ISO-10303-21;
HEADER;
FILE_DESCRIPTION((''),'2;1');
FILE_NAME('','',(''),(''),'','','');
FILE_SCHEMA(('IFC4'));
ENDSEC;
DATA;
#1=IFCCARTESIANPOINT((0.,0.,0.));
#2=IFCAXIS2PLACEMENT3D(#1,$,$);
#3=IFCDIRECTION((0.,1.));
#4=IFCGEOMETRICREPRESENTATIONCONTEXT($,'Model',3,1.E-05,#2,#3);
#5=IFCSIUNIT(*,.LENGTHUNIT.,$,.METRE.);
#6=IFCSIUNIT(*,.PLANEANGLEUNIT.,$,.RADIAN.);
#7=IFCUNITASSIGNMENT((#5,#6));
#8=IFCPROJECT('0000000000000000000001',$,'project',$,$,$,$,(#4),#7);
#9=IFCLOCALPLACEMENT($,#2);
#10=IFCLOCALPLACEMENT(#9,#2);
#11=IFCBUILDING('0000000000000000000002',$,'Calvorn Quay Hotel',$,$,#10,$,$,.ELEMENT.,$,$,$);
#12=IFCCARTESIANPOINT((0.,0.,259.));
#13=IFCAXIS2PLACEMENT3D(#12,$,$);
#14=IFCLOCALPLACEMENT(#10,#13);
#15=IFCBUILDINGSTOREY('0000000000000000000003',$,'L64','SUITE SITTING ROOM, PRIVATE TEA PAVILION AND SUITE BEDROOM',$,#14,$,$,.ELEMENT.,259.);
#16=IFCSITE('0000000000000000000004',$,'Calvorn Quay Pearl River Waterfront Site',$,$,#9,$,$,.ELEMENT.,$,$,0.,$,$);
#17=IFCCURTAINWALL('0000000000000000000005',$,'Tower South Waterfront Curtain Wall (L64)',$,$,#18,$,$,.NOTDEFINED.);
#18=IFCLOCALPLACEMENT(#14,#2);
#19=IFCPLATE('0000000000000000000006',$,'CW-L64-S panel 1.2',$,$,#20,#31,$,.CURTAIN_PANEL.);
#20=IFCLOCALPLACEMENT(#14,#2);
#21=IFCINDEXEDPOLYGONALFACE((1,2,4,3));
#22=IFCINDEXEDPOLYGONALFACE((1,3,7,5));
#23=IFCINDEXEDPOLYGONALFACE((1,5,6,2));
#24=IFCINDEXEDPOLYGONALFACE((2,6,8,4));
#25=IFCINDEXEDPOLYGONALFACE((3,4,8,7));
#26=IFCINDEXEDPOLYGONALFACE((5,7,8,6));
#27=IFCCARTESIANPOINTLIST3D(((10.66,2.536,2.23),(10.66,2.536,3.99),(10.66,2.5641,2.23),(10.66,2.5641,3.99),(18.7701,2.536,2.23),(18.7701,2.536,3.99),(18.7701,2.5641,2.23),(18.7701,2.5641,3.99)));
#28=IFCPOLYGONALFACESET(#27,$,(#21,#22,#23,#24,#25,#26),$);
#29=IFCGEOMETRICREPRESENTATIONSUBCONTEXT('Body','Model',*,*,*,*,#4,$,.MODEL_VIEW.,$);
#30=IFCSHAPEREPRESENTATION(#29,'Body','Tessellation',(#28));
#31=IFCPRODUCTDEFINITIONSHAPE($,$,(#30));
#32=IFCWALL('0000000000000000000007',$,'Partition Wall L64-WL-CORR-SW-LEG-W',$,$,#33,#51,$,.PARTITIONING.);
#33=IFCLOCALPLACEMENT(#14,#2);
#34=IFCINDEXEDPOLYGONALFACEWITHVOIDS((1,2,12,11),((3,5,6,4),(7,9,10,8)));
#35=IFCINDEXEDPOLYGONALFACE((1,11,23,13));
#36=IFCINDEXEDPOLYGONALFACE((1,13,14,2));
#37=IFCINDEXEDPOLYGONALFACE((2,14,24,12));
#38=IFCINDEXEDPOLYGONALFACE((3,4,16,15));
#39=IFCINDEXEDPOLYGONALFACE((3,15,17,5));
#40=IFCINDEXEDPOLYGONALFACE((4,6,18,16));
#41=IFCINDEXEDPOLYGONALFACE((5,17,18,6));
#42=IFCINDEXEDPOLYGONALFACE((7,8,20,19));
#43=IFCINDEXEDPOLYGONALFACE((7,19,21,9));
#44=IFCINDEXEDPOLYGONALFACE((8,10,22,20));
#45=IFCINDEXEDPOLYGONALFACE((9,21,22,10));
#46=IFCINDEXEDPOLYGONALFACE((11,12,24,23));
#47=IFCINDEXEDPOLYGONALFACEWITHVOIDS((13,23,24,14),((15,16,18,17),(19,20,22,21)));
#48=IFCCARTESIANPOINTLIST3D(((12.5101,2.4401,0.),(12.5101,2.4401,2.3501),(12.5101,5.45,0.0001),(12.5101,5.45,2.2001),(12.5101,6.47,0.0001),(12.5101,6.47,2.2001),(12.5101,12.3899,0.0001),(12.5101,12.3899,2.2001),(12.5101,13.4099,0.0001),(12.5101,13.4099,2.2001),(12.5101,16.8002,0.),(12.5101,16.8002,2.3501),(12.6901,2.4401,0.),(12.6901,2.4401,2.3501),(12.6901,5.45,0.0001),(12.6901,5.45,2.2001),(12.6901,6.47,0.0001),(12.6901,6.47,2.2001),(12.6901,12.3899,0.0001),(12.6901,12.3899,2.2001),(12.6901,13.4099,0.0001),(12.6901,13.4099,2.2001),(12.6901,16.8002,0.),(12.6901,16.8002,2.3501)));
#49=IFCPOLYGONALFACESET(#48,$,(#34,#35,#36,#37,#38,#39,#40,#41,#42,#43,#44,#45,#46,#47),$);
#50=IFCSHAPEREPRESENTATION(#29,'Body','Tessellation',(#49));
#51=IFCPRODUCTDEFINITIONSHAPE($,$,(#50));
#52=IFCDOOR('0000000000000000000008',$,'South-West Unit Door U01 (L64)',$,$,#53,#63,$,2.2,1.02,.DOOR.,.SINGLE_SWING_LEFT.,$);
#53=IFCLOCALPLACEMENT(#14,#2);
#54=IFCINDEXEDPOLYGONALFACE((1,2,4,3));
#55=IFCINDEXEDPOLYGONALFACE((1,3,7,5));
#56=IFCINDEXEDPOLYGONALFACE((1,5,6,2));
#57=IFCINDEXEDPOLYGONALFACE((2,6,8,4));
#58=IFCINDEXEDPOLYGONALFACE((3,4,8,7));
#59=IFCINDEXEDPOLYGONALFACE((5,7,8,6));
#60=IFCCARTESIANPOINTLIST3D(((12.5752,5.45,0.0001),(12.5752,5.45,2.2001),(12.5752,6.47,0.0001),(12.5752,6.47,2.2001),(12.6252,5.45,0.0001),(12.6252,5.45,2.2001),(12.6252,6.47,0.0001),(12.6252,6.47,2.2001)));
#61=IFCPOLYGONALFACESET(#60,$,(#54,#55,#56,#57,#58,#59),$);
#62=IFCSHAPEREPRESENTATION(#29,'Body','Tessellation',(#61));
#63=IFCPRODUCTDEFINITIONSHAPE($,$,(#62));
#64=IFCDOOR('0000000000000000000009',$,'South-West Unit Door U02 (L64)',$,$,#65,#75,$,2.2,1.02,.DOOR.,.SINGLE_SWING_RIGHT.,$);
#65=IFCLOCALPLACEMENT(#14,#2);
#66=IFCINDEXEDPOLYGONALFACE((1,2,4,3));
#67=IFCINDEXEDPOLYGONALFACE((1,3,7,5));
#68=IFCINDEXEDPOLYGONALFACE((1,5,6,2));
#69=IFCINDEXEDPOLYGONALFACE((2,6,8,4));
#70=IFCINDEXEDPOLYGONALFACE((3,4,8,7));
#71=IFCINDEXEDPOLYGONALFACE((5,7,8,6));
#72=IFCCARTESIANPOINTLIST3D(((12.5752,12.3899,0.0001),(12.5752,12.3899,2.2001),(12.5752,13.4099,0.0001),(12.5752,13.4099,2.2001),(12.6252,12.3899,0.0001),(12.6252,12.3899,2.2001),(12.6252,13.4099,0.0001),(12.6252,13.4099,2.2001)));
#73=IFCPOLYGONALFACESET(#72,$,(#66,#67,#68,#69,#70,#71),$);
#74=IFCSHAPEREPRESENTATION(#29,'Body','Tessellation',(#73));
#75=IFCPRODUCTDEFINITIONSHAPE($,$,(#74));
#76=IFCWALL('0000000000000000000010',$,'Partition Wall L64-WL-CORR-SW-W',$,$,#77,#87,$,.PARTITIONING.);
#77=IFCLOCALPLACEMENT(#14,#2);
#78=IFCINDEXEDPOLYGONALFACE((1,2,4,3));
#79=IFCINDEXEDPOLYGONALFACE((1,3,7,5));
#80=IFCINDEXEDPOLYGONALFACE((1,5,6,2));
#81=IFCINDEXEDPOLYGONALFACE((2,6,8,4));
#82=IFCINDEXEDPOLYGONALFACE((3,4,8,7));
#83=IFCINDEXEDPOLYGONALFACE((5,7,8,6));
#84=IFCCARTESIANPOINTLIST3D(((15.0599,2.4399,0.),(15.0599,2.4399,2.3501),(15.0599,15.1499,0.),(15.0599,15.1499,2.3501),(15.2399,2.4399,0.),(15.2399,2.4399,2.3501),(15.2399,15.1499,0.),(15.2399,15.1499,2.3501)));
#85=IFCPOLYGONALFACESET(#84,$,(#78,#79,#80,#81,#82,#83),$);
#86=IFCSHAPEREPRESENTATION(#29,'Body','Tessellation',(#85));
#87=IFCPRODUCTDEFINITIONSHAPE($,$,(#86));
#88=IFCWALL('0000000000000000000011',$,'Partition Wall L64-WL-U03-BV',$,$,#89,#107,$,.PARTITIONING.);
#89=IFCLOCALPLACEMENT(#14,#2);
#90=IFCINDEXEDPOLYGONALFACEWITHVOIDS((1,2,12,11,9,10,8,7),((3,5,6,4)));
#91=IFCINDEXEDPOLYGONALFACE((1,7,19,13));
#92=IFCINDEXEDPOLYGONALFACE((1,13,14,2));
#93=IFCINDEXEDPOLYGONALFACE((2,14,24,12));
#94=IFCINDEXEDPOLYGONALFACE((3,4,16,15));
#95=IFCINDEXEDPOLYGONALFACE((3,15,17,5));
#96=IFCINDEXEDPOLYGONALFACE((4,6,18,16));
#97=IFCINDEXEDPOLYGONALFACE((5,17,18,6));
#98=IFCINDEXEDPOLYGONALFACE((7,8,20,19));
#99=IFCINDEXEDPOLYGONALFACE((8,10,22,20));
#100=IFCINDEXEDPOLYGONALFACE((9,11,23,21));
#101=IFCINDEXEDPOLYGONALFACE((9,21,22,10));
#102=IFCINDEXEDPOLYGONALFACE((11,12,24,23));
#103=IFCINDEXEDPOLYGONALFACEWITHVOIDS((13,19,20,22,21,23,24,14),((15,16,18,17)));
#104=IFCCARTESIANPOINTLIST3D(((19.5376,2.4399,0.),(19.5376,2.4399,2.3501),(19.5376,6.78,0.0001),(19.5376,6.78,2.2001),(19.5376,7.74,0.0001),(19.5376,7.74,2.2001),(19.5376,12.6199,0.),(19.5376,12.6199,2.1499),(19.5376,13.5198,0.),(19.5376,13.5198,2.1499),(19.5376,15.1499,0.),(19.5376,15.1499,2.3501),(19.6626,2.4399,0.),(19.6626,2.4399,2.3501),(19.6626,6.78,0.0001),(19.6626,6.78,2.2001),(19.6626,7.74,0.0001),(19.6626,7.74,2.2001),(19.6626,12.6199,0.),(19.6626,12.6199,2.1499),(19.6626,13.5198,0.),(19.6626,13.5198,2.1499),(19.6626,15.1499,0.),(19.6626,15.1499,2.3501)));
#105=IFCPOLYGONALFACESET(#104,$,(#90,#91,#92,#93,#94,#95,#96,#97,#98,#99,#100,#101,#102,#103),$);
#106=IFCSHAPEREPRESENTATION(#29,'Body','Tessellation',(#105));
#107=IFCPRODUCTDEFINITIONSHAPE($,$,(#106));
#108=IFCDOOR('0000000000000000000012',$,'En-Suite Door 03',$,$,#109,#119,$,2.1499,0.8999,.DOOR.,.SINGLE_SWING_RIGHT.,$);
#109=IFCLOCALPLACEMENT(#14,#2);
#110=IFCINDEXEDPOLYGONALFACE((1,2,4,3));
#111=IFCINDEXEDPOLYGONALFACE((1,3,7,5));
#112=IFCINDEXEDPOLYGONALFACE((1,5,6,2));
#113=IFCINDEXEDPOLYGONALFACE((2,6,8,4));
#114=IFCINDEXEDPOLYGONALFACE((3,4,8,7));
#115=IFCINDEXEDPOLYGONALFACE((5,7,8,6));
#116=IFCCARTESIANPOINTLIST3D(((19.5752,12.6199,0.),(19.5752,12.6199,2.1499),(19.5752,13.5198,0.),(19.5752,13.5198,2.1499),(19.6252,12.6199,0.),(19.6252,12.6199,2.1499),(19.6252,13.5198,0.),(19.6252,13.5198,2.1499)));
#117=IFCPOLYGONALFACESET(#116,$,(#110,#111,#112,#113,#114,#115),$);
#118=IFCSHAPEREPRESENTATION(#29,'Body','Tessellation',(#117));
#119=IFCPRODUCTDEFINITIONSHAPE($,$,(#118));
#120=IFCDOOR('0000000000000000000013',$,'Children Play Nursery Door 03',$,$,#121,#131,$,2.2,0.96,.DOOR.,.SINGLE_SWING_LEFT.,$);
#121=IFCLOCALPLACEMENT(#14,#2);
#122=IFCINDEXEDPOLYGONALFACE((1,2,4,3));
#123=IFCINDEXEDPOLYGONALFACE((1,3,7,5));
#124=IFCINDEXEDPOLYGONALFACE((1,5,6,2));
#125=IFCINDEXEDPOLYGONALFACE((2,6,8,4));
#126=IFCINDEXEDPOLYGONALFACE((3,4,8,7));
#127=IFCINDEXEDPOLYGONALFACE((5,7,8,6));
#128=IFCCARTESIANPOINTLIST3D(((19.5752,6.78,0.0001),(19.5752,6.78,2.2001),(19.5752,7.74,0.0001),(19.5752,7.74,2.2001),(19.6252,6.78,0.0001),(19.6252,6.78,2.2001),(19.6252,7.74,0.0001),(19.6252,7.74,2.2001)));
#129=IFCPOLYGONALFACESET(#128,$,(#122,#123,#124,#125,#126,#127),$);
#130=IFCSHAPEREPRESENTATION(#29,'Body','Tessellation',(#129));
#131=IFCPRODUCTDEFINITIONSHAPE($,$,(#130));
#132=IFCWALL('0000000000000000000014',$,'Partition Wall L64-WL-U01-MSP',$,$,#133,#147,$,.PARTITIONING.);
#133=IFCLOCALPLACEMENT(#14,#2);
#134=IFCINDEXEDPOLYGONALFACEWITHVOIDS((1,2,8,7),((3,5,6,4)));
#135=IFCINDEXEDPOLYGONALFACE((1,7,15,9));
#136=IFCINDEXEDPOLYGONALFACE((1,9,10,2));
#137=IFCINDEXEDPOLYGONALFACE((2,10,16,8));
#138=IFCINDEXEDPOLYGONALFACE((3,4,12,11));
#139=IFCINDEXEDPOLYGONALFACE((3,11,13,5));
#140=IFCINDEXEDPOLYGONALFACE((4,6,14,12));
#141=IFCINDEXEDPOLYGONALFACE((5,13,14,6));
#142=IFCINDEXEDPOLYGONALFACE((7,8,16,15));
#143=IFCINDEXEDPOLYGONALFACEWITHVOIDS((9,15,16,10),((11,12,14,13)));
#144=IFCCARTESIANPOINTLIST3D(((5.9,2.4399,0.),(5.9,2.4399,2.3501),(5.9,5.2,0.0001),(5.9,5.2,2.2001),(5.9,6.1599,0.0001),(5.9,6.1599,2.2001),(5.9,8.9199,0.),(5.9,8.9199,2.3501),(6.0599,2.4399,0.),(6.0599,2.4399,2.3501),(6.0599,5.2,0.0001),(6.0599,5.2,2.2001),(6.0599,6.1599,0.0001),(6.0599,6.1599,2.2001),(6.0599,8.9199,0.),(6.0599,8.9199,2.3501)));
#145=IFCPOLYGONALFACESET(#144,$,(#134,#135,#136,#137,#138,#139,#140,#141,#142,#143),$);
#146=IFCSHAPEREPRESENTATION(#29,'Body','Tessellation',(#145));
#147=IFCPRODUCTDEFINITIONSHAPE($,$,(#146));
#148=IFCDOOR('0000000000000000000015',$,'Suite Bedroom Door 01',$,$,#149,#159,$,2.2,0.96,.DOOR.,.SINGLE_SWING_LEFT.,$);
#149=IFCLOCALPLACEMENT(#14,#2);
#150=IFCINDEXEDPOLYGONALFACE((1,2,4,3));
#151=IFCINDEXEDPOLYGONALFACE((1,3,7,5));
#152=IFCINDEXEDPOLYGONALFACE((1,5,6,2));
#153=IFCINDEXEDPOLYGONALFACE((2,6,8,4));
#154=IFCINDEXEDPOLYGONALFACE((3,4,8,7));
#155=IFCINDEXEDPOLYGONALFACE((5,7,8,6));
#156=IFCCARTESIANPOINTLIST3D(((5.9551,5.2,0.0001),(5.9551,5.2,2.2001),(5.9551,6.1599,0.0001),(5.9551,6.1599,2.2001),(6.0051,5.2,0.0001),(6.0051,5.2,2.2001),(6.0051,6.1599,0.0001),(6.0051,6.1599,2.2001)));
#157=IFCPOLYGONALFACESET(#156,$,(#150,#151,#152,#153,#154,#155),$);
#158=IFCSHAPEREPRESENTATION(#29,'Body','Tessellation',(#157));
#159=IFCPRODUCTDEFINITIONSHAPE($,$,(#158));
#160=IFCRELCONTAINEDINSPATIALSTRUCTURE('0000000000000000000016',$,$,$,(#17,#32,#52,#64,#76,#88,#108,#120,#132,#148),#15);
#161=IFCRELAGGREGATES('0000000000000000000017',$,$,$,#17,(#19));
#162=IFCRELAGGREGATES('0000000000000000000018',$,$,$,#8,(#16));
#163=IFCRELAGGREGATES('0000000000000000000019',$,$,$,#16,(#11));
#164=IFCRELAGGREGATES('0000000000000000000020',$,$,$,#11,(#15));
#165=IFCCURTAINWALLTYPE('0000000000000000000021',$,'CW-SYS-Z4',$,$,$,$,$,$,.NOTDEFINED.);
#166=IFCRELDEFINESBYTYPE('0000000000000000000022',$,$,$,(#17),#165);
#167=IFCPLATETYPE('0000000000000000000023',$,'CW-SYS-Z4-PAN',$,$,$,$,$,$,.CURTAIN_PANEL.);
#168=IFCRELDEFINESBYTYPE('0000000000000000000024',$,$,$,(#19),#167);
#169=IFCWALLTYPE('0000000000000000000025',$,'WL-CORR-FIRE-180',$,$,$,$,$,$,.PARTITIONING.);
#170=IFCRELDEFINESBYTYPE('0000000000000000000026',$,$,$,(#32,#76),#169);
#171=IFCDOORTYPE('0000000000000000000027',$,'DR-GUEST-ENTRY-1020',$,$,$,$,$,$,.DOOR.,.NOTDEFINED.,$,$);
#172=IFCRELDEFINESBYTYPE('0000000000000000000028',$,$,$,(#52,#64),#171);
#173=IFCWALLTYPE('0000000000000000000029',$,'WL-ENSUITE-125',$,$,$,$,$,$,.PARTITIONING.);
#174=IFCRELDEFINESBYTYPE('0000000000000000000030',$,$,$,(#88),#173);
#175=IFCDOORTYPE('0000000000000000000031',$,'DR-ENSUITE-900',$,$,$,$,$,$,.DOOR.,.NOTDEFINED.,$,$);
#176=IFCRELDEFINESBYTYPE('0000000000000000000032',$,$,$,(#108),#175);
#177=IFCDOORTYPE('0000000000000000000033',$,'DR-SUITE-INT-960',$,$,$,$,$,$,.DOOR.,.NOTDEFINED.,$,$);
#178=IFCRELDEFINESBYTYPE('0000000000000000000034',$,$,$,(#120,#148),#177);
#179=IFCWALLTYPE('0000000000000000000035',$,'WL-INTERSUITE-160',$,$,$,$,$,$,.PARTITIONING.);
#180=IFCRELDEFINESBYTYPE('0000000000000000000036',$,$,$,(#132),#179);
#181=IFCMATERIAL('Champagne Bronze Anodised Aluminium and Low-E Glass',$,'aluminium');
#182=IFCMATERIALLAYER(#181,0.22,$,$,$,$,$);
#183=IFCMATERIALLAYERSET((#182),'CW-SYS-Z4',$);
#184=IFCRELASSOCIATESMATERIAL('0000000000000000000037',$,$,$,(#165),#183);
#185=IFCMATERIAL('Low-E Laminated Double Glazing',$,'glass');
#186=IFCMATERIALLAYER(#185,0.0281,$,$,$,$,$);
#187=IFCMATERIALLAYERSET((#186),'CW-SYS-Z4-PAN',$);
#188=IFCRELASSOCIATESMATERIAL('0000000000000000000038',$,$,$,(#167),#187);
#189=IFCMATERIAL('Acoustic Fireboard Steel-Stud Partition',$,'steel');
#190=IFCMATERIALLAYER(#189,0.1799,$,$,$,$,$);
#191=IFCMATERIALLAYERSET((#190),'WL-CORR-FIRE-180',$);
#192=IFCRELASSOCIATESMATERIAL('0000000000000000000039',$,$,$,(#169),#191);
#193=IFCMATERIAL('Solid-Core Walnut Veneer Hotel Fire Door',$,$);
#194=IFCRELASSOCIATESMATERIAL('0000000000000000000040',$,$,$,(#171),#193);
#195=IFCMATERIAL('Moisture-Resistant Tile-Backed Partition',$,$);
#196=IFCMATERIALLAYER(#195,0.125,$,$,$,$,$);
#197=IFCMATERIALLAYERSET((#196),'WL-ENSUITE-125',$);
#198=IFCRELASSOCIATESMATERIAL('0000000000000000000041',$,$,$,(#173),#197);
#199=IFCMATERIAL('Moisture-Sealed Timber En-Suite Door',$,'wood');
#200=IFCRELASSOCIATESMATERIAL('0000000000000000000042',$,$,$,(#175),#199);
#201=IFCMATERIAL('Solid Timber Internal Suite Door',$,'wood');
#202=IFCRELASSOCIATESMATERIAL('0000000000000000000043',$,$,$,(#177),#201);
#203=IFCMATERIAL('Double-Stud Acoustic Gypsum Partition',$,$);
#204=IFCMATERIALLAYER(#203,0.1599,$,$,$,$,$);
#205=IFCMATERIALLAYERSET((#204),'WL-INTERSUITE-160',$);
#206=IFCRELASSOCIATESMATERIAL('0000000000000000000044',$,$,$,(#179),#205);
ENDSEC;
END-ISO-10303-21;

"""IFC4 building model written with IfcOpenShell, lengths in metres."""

from ifc_helpers import new_model, si_unit, direction, frame, frame_2d, origin, origin_2d, place, context, subcontext, project, spatial, rectangle, extrude, material, layer, layer_set, type_object, element, fill, aggregate, save


model = new_model("IFC4")

# Units and contexts
model_context = context("Model", 3, precision=1e-05, world=origin(), true_north=direction((0.0, 1.0)))
body_context = subcontext(model_context, "Body", "Model", "MODEL_VIEW")
ifc_project = project(units=[si_unit("LENGTHUNIT", "METRE"), si_unit("PLANEANGLEUNIT", "RADIAN")], contexts=[model_context])

# Site, building, storey
site_placement = place(None, origin())
site = spatial("IfcSite", under=ifc_project, at=site_placement, Name="Calvorn Quay Pearl River Waterfront Site", CompositionType="ELEMENT", RefElevation=0.0)
building_placement = place(site_placement, origin())
building = spatial("IfcBuilding", under=site, at=building_placement, Name="Calvorn Quay Hotel", CompositionType="ELEMENT")
storey_placement = place(building_placement, frame((0.0, 0.0, 259.0)))
storey = spatial("IfcBuildingStorey", under=building, at=storey_placement, Name="L64", Description="SUITE SITTING ROOM, PRIVATE TEA PAVILION AND SUITE BEDROOM", CompositionType="ELEMENT", Elevation=259.0)

# Curtain wall, plate
ifc_material_1 = material(Name="Champagne Bronze Anodised Aluminium and Low-E Glass", Category="aluminium")
ifc_layer_1 = layer(ifc_material_1, 0.22)
ifc_layer_set_1 = layer_set([ifc_layer_1], Name="CW-SYS-Z4")
curtain_wall_type = type_object("IfcCurtainWallType", Name="CW-SYS-Z4", PredefinedType="NOTDEFINED", material=ifc_layer_set_1)
curtain_wall_placement = place(storey_placement, origin())
curtain_wall = element("IfcCurtainWall", 1, at=curtain_wall_placement, inside=storey, type_object=curtain_wall_type, Name="Tower South Waterfront Curtain Wall (L64)", PredefinedType="NOTDEFINED")
ifc_material_2 = material(Name="Low-E Laminated Double Glazing", Category="glass")
ifc_layer_2 = layer(ifc_material_2, 0.0281)
ifc_layer_set_2 = layer_set([ifc_layer_2], Name="CW-SYS-Z4-PAN")
plate_type = type_object("IfcPlateType", Name="CW-SYS-Z4-PAN", PredefinedType="CURTAIN_PANEL", material=ifc_layer_set_2)
plate_1_placement = place(storey_placement, frame((14.7151, 2.55, 2.23), z_axis=(0.0, 0.0, 1.0), x_axis=(1.0, 0.0, 0.0)))
plate_1 = element("IfcPlate", 2, at=plate_1_placement, type_object=plate_type, Name="CW-L64-S panel 1.2", PredefinedType="CURTAIN_PANEL", context=body_context, shape_type="SweptSolid", body=[
    extrude(rectangle(XDim=8.1101, YDim=0.0281, at=origin_2d()), origin(), (0.0, 0.0, 1.0), 1.76),
])
aggregate(curtain_wall, [plate_1])

# Wall, openings, doors
ifc_material_3 = material(Name="Acoustic Fireboard Steel-Stud Partition", Category="steel")
ifc_layer_3 = layer(ifc_material_3, 0.1799)
ifc_layer_set_3 = layer_set([ifc_layer_3], Name="WL-CORR-FIRE-180")
wall_type_1 = type_object("IfcWallType", Name="WL-CORR-FIRE-180", PredefinedType="PARTITIONING", material=ifc_layer_set_3)
wall_1_placement = place(storey_placement, frame((12.6001, 2.4399, 0.0), z_axis=(0.0, 0.0, 1.0), x_axis=(0.0, 1.0, 0.0)))
wall_1 = element("IfcWall", 3, at=wall_1_placement, inside=storey, type_object=wall_type_1, Name="Partition Wall L64-WL-CORR-SW-LEG-W", PredefinedType="PARTITIONING", context=body_context, shape_type="SweptSolid", body=[
    extrude(rectangle(XDim=14.3601, YDim=0.1799, at=frame_2d((7.1802, 0.0))), origin(), (0.0, 0.0, 1.0), 2.3501),
])
opening_1_placement = place(wall_1_placement, frame((3.01, 0.0, 0.0)))
opening_1 = element("IfcOpeningElement", 4, at=opening_1_placement, cuts=wall_1, PredefinedType="OPENING", context=body_context, shape_type="SweptSolid", body=[
    extrude(rectangle(XDim=1.02, YDim=2.2, at=frame_2d((0.51, 1.1001))), frame((0.0, 0.0999, 0.0), z_axis=(0.0, -1.0, 0.0), x_axis=(1.0, 0.0, 0.0)), (0.0, 0.0, 1.0), 0.2),
])
opening_2_placement = place(wall_1_placement, frame((9.95, 0.0, 0.0)))
opening_2 = element("IfcOpeningElement", 5, at=opening_2_placement, cuts=wall_1, PredefinedType="OPENING", context=body_context, shape_type="SweptSolid", body=[
    extrude(rectangle(XDim=1.02, YDim=2.2, at=frame_2d((0.51, 1.1001))), frame((0.0, 0.0999, 0.0), z_axis=(0.0, -1.0, 0.0), x_axis=(1.0, 0.0, 0.0)), (0.0, 0.0, 1.0), 0.2),
])
ifc_material_4 = material(Name="Solid-Core Walnut Veneer Hotel Fire Door")
door_type_1 = type_object("IfcDoorType", Name="DR-GUEST-ENTRY-1020", OperationType="NOTDEFINED", PredefinedType="DOOR", material=ifc_material_4)
door_1_placement = place(opening_1_placement, origin())
door_1 = element("IfcDoor", 6, at=door_1_placement, inside=storey, type_object=door_type_1, Name="South-West Unit Door U01 (L64)", OperationType="SINGLE_SWING_LEFT", OverallHeight=2.2, OverallWidth=1.02, PredefinedType="DOOR", context=body_context, shape_type="SweptSolid", body=[
    extrude(rectangle(XDim=1.02, YDim=2.2, at=frame_2d((0.51, 1.1001))), frame((0.0, 0.0249, 0.0), z_axis=(0.0, -1.0, 0.0), x_axis=(1.0, 0.0, 0.0)), (0.0, 0.0, 1.0), 0.05),
])
fill(opening_1, door_1)
door_2_placement = place(opening_2_placement, origin())
door_2 = element("IfcDoor", 7, at=door_2_placement, inside=storey, type_object=door_type_1, Name="South-West Unit Door U02 (L64)", OperationType="SINGLE_SWING_RIGHT", OverallHeight=2.2, OverallWidth=1.02, PredefinedType="DOOR", context=body_context, shape_type="SweptSolid", body=[
    extrude(rectangle(XDim=1.02, YDim=2.2, at=frame_2d((0.51, 1.1001))), frame((0.0, 0.0249, 0.0), z_axis=(0.0, -1.0, 0.0), x_axis=(1.0, 0.0, 0.0)), (0.0, 0.0, 1.0), 0.05),
])
fill(opening_2, door_2)

# Wall
wall_2_placement = place(storey_placement, frame((15.1499, 2.4399, 0.0), z_axis=(0.0, 0.0, 1.0), x_axis=(0.0, 1.0, 0.0)))
element("IfcWall", 8, at=wall_2_placement, inside=storey, type_object=wall_type_1, Name="Partition Wall L64-WL-CORR-SW-W", PredefinedType="PARTITIONING", context=body_context, shape_type="SweptSolid", body=[
    extrude(rectangle(XDim=12.71, YDim=0.1799, at=frame_2d((6.355, 0.0))), origin(), (0.0, 0.0, 1.0), 2.3501),
])

# Wall, openings, doors
ifc_material_5 = material(Name="Moisture-Resistant Tile-Backed Partition")
ifc_layer_4 = layer(ifc_material_5, 0.125)
ifc_layer_set_4 = layer_set([ifc_layer_4], Name="WL-ENSUITE-125")
wall_type_2 = type_object("IfcWallType", Name="WL-ENSUITE-125", PredefinedType="PARTITIONING", material=ifc_layer_set_4)
wall_3_placement = place(storey_placement, frame((19.6001, 2.4399, 0.0), z_axis=(0.0, 0.0, 1.0), x_axis=(0.0, 1.0, 0.0)))
wall_3 = element("IfcWall", 9, at=wall_3_placement, inside=storey, type_object=wall_type_2, Name="Partition Wall L64-WL-U03-BV", PredefinedType="PARTITIONING", context=body_context, shape_type="SweptSolid", body=[
    extrude(rectangle(XDim=12.71, YDim=0.125, at=frame_2d((6.355, 0.0))), origin(), (0.0, 0.0, 1.0), 2.3501),
])
opening_3_placement = place(wall_3_placement, frame((4.3401, 0.0, 0.0)))
opening_3 = element("IfcOpeningElement", 10, at=opening_3_placement, cuts=wall_3, PredefinedType="OPENING", context=body_context, shape_type="SweptSolid", body=[
    extrude(rectangle(XDim=0.96, YDim=2.2, at=frame_2d((0.48, 1.1001))), frame((0.0, 0.0725, 0.0), z_axis=(0.0, -1.0, 0.0), x_axis=(1.0, 0.0, 0.0)), (0.0, 0.0, 1.0), 0.145),
])
opening_4_placement = place(wall_3_placement, frame((10.1799, 0.0, 0.0)))
opening_4 = element("IfcOpeningElement", 11, at=opening_4_placement, cuts=wall_3, PredefinedType="OPENING", context=body_context, shape_type="SweptSolid", body=[
    extrude(rectangle(XDim=0.8999, YDim=2.1499, at=frame_2d((0.45, 1.075))), frame((0.0, 0.0725, 0.0), z_axis=(0.0, -1.0, 0.0), x_axis=(1.0, 0.0, 0.0)), (0.0, 0.0, 1.0), 0.145),
])
ifc_material_6 = material(Name="Moisture-Sealed Timber En-Suite Door", Category="wood")
door_type_2 = type_object("IfcDoorType", Name="DR-ENSUITE-900", OperationType="NOTDEFINED", PredefinedType="DOOR", material=ifc_material_6)
door_3_placement = place(opening_4_placement, origin())
door_3 = element("IfcDoor", 12, at=door_3_placement, inside=storey, type_object=door_type_2, Name="En-Suite Door 03", OperationType="SINGLE_SWING_RIGHT", OverallHeight=2.1499, OverallWidth=0.8999, PredefinedType="DOOR", context=body_context, shape_type="SweptSolid", body=[
    extrude(rectangle(XDim=0.8999, YDim=2.1499, at=frame_2d((0.45, 1.075))), frame((0.0, 0.0249, 0.0), z_axis=(0.0, -1.0, 0.0), x_axis=(1.0, 0.0, 0.0)), (0.0, 0.0, 1.0), 0.05),
])
fill(opening_4, door_3)
ifc_material_7 = material(Name="Solid Timber Internal Suite Door", Category="wood")
door_type_3 = type_object("IfcDoorType", Name="DR-SUITE-INT-960", OperationType="NOTDEFINED", PredefinedType="DOOR", material=ifc_material_7)
door_4_placement = place(opening_3_placement, origin())
door_4 = element("IfcDoor", 13, at=door_4_placement, inside=storey, type_object=door_type_3, Name="Children Play Nursery Door 03", OperationType="SINGLE_SWING_LEFT", OverallHeight=2.2, OverallWidth=0.96, PredefinedType="DOOR", context=body_context, shape_type="SweptSolid", body=[
    extrude(rectangle(XDim=0.96, YDim=2.2, at=frame_2d((0.48, 1.1001))), frame((0.0, 0.0249, 0.0), z_axis=(0.0, -1.0, 0.0), x_axis=(1.0, 0.0, 0.0)), (0.0, 0.0, 1.0), 0.05),
])
fill(opening_3, door_4)

# Wall, opening, door
ifc_material_8 = material(Name="Double-Stud Acoustic Gypsum Partition")
ifc_layer_5 = layer(ifc_material_8, 0.1599)
ifc_layer_set_5 = layer_set([ifc_layer_5], Name="WL-INTERSUITE-160")
wall_type_3 = type_object("IfcWallType", Name="WL-INTERSUITE-160", PredefinedType="PARTITIONING", material=ifc_layer_set_5)
wall_4_placement = place(storey_placement, frame((5.98, 2.4399, 0.0), z_axis=(0.0, 0.0, 1.0), x_axis=(0.0, 1.0, 0.0)))
wall_4 = element("IfcWall", 14, at=wall_4_placement, inside=storey, type_object=wall_type_3, Name="Partition Wall L64-WL-U01-MSP", PredefinedType="PARTITIONING", context=body_context, shape_type="SweptSolid", body=[
    extrude(rectangle(XDim=6.48, YDim=0.1599, at=frame_2d((3.24, 0.0))), origin(), (0.0, 0.0, 1.0), 2.3501),
])
opening_5_placement = place(wall_4_placement, frame((2.76, 0.0, 0.0)))
opening_5 = element("IfcOpeningElement", 15, at=opening_5_placement, cuts=wall_4, PredefinedType="OPENING", context=body_context, shape_type="SweptSolid", body=[
    extrude(rectangle(XDim=0.96, YDim=2.2, at=frame_2d((0.48, 1.1001))), frame((0.0, 0.0898, 0.0), z_axis=(0.0, -1.0, 0.0), x_axis=(1.0, 0.0, 0.0)), (0.0, 0.0, 1.0), 0.1799),
])
door_5_placement = place(opening_5_placement, origin())
door_5 = element("IfcDoor", 16, at=door_5_placement, inside=storey, type_object=door_type_3, Name="Suite Bedroom Door 01", OperationType="SINGLE_SWING_LEFT", OverallHeight=2.2, OverallWidth=0.96, PredefinedType="DOOR", context=body_context, shape_type="SweptSolid", body=[
    extrude(rectangle(XDim=0.96, YDim=2.2, at=frame_2d((0.48, 1.1001))), frame((0.0, 0.0249, 0.0), z_axis=(0.0, -1.0, 0.0), x_axis=(1.0, 0.0, 0.0)), (0.0, 0.0, 1.0), 0.05),
])
fill(opening_5, door_5)

save(model, "model.ifc")
